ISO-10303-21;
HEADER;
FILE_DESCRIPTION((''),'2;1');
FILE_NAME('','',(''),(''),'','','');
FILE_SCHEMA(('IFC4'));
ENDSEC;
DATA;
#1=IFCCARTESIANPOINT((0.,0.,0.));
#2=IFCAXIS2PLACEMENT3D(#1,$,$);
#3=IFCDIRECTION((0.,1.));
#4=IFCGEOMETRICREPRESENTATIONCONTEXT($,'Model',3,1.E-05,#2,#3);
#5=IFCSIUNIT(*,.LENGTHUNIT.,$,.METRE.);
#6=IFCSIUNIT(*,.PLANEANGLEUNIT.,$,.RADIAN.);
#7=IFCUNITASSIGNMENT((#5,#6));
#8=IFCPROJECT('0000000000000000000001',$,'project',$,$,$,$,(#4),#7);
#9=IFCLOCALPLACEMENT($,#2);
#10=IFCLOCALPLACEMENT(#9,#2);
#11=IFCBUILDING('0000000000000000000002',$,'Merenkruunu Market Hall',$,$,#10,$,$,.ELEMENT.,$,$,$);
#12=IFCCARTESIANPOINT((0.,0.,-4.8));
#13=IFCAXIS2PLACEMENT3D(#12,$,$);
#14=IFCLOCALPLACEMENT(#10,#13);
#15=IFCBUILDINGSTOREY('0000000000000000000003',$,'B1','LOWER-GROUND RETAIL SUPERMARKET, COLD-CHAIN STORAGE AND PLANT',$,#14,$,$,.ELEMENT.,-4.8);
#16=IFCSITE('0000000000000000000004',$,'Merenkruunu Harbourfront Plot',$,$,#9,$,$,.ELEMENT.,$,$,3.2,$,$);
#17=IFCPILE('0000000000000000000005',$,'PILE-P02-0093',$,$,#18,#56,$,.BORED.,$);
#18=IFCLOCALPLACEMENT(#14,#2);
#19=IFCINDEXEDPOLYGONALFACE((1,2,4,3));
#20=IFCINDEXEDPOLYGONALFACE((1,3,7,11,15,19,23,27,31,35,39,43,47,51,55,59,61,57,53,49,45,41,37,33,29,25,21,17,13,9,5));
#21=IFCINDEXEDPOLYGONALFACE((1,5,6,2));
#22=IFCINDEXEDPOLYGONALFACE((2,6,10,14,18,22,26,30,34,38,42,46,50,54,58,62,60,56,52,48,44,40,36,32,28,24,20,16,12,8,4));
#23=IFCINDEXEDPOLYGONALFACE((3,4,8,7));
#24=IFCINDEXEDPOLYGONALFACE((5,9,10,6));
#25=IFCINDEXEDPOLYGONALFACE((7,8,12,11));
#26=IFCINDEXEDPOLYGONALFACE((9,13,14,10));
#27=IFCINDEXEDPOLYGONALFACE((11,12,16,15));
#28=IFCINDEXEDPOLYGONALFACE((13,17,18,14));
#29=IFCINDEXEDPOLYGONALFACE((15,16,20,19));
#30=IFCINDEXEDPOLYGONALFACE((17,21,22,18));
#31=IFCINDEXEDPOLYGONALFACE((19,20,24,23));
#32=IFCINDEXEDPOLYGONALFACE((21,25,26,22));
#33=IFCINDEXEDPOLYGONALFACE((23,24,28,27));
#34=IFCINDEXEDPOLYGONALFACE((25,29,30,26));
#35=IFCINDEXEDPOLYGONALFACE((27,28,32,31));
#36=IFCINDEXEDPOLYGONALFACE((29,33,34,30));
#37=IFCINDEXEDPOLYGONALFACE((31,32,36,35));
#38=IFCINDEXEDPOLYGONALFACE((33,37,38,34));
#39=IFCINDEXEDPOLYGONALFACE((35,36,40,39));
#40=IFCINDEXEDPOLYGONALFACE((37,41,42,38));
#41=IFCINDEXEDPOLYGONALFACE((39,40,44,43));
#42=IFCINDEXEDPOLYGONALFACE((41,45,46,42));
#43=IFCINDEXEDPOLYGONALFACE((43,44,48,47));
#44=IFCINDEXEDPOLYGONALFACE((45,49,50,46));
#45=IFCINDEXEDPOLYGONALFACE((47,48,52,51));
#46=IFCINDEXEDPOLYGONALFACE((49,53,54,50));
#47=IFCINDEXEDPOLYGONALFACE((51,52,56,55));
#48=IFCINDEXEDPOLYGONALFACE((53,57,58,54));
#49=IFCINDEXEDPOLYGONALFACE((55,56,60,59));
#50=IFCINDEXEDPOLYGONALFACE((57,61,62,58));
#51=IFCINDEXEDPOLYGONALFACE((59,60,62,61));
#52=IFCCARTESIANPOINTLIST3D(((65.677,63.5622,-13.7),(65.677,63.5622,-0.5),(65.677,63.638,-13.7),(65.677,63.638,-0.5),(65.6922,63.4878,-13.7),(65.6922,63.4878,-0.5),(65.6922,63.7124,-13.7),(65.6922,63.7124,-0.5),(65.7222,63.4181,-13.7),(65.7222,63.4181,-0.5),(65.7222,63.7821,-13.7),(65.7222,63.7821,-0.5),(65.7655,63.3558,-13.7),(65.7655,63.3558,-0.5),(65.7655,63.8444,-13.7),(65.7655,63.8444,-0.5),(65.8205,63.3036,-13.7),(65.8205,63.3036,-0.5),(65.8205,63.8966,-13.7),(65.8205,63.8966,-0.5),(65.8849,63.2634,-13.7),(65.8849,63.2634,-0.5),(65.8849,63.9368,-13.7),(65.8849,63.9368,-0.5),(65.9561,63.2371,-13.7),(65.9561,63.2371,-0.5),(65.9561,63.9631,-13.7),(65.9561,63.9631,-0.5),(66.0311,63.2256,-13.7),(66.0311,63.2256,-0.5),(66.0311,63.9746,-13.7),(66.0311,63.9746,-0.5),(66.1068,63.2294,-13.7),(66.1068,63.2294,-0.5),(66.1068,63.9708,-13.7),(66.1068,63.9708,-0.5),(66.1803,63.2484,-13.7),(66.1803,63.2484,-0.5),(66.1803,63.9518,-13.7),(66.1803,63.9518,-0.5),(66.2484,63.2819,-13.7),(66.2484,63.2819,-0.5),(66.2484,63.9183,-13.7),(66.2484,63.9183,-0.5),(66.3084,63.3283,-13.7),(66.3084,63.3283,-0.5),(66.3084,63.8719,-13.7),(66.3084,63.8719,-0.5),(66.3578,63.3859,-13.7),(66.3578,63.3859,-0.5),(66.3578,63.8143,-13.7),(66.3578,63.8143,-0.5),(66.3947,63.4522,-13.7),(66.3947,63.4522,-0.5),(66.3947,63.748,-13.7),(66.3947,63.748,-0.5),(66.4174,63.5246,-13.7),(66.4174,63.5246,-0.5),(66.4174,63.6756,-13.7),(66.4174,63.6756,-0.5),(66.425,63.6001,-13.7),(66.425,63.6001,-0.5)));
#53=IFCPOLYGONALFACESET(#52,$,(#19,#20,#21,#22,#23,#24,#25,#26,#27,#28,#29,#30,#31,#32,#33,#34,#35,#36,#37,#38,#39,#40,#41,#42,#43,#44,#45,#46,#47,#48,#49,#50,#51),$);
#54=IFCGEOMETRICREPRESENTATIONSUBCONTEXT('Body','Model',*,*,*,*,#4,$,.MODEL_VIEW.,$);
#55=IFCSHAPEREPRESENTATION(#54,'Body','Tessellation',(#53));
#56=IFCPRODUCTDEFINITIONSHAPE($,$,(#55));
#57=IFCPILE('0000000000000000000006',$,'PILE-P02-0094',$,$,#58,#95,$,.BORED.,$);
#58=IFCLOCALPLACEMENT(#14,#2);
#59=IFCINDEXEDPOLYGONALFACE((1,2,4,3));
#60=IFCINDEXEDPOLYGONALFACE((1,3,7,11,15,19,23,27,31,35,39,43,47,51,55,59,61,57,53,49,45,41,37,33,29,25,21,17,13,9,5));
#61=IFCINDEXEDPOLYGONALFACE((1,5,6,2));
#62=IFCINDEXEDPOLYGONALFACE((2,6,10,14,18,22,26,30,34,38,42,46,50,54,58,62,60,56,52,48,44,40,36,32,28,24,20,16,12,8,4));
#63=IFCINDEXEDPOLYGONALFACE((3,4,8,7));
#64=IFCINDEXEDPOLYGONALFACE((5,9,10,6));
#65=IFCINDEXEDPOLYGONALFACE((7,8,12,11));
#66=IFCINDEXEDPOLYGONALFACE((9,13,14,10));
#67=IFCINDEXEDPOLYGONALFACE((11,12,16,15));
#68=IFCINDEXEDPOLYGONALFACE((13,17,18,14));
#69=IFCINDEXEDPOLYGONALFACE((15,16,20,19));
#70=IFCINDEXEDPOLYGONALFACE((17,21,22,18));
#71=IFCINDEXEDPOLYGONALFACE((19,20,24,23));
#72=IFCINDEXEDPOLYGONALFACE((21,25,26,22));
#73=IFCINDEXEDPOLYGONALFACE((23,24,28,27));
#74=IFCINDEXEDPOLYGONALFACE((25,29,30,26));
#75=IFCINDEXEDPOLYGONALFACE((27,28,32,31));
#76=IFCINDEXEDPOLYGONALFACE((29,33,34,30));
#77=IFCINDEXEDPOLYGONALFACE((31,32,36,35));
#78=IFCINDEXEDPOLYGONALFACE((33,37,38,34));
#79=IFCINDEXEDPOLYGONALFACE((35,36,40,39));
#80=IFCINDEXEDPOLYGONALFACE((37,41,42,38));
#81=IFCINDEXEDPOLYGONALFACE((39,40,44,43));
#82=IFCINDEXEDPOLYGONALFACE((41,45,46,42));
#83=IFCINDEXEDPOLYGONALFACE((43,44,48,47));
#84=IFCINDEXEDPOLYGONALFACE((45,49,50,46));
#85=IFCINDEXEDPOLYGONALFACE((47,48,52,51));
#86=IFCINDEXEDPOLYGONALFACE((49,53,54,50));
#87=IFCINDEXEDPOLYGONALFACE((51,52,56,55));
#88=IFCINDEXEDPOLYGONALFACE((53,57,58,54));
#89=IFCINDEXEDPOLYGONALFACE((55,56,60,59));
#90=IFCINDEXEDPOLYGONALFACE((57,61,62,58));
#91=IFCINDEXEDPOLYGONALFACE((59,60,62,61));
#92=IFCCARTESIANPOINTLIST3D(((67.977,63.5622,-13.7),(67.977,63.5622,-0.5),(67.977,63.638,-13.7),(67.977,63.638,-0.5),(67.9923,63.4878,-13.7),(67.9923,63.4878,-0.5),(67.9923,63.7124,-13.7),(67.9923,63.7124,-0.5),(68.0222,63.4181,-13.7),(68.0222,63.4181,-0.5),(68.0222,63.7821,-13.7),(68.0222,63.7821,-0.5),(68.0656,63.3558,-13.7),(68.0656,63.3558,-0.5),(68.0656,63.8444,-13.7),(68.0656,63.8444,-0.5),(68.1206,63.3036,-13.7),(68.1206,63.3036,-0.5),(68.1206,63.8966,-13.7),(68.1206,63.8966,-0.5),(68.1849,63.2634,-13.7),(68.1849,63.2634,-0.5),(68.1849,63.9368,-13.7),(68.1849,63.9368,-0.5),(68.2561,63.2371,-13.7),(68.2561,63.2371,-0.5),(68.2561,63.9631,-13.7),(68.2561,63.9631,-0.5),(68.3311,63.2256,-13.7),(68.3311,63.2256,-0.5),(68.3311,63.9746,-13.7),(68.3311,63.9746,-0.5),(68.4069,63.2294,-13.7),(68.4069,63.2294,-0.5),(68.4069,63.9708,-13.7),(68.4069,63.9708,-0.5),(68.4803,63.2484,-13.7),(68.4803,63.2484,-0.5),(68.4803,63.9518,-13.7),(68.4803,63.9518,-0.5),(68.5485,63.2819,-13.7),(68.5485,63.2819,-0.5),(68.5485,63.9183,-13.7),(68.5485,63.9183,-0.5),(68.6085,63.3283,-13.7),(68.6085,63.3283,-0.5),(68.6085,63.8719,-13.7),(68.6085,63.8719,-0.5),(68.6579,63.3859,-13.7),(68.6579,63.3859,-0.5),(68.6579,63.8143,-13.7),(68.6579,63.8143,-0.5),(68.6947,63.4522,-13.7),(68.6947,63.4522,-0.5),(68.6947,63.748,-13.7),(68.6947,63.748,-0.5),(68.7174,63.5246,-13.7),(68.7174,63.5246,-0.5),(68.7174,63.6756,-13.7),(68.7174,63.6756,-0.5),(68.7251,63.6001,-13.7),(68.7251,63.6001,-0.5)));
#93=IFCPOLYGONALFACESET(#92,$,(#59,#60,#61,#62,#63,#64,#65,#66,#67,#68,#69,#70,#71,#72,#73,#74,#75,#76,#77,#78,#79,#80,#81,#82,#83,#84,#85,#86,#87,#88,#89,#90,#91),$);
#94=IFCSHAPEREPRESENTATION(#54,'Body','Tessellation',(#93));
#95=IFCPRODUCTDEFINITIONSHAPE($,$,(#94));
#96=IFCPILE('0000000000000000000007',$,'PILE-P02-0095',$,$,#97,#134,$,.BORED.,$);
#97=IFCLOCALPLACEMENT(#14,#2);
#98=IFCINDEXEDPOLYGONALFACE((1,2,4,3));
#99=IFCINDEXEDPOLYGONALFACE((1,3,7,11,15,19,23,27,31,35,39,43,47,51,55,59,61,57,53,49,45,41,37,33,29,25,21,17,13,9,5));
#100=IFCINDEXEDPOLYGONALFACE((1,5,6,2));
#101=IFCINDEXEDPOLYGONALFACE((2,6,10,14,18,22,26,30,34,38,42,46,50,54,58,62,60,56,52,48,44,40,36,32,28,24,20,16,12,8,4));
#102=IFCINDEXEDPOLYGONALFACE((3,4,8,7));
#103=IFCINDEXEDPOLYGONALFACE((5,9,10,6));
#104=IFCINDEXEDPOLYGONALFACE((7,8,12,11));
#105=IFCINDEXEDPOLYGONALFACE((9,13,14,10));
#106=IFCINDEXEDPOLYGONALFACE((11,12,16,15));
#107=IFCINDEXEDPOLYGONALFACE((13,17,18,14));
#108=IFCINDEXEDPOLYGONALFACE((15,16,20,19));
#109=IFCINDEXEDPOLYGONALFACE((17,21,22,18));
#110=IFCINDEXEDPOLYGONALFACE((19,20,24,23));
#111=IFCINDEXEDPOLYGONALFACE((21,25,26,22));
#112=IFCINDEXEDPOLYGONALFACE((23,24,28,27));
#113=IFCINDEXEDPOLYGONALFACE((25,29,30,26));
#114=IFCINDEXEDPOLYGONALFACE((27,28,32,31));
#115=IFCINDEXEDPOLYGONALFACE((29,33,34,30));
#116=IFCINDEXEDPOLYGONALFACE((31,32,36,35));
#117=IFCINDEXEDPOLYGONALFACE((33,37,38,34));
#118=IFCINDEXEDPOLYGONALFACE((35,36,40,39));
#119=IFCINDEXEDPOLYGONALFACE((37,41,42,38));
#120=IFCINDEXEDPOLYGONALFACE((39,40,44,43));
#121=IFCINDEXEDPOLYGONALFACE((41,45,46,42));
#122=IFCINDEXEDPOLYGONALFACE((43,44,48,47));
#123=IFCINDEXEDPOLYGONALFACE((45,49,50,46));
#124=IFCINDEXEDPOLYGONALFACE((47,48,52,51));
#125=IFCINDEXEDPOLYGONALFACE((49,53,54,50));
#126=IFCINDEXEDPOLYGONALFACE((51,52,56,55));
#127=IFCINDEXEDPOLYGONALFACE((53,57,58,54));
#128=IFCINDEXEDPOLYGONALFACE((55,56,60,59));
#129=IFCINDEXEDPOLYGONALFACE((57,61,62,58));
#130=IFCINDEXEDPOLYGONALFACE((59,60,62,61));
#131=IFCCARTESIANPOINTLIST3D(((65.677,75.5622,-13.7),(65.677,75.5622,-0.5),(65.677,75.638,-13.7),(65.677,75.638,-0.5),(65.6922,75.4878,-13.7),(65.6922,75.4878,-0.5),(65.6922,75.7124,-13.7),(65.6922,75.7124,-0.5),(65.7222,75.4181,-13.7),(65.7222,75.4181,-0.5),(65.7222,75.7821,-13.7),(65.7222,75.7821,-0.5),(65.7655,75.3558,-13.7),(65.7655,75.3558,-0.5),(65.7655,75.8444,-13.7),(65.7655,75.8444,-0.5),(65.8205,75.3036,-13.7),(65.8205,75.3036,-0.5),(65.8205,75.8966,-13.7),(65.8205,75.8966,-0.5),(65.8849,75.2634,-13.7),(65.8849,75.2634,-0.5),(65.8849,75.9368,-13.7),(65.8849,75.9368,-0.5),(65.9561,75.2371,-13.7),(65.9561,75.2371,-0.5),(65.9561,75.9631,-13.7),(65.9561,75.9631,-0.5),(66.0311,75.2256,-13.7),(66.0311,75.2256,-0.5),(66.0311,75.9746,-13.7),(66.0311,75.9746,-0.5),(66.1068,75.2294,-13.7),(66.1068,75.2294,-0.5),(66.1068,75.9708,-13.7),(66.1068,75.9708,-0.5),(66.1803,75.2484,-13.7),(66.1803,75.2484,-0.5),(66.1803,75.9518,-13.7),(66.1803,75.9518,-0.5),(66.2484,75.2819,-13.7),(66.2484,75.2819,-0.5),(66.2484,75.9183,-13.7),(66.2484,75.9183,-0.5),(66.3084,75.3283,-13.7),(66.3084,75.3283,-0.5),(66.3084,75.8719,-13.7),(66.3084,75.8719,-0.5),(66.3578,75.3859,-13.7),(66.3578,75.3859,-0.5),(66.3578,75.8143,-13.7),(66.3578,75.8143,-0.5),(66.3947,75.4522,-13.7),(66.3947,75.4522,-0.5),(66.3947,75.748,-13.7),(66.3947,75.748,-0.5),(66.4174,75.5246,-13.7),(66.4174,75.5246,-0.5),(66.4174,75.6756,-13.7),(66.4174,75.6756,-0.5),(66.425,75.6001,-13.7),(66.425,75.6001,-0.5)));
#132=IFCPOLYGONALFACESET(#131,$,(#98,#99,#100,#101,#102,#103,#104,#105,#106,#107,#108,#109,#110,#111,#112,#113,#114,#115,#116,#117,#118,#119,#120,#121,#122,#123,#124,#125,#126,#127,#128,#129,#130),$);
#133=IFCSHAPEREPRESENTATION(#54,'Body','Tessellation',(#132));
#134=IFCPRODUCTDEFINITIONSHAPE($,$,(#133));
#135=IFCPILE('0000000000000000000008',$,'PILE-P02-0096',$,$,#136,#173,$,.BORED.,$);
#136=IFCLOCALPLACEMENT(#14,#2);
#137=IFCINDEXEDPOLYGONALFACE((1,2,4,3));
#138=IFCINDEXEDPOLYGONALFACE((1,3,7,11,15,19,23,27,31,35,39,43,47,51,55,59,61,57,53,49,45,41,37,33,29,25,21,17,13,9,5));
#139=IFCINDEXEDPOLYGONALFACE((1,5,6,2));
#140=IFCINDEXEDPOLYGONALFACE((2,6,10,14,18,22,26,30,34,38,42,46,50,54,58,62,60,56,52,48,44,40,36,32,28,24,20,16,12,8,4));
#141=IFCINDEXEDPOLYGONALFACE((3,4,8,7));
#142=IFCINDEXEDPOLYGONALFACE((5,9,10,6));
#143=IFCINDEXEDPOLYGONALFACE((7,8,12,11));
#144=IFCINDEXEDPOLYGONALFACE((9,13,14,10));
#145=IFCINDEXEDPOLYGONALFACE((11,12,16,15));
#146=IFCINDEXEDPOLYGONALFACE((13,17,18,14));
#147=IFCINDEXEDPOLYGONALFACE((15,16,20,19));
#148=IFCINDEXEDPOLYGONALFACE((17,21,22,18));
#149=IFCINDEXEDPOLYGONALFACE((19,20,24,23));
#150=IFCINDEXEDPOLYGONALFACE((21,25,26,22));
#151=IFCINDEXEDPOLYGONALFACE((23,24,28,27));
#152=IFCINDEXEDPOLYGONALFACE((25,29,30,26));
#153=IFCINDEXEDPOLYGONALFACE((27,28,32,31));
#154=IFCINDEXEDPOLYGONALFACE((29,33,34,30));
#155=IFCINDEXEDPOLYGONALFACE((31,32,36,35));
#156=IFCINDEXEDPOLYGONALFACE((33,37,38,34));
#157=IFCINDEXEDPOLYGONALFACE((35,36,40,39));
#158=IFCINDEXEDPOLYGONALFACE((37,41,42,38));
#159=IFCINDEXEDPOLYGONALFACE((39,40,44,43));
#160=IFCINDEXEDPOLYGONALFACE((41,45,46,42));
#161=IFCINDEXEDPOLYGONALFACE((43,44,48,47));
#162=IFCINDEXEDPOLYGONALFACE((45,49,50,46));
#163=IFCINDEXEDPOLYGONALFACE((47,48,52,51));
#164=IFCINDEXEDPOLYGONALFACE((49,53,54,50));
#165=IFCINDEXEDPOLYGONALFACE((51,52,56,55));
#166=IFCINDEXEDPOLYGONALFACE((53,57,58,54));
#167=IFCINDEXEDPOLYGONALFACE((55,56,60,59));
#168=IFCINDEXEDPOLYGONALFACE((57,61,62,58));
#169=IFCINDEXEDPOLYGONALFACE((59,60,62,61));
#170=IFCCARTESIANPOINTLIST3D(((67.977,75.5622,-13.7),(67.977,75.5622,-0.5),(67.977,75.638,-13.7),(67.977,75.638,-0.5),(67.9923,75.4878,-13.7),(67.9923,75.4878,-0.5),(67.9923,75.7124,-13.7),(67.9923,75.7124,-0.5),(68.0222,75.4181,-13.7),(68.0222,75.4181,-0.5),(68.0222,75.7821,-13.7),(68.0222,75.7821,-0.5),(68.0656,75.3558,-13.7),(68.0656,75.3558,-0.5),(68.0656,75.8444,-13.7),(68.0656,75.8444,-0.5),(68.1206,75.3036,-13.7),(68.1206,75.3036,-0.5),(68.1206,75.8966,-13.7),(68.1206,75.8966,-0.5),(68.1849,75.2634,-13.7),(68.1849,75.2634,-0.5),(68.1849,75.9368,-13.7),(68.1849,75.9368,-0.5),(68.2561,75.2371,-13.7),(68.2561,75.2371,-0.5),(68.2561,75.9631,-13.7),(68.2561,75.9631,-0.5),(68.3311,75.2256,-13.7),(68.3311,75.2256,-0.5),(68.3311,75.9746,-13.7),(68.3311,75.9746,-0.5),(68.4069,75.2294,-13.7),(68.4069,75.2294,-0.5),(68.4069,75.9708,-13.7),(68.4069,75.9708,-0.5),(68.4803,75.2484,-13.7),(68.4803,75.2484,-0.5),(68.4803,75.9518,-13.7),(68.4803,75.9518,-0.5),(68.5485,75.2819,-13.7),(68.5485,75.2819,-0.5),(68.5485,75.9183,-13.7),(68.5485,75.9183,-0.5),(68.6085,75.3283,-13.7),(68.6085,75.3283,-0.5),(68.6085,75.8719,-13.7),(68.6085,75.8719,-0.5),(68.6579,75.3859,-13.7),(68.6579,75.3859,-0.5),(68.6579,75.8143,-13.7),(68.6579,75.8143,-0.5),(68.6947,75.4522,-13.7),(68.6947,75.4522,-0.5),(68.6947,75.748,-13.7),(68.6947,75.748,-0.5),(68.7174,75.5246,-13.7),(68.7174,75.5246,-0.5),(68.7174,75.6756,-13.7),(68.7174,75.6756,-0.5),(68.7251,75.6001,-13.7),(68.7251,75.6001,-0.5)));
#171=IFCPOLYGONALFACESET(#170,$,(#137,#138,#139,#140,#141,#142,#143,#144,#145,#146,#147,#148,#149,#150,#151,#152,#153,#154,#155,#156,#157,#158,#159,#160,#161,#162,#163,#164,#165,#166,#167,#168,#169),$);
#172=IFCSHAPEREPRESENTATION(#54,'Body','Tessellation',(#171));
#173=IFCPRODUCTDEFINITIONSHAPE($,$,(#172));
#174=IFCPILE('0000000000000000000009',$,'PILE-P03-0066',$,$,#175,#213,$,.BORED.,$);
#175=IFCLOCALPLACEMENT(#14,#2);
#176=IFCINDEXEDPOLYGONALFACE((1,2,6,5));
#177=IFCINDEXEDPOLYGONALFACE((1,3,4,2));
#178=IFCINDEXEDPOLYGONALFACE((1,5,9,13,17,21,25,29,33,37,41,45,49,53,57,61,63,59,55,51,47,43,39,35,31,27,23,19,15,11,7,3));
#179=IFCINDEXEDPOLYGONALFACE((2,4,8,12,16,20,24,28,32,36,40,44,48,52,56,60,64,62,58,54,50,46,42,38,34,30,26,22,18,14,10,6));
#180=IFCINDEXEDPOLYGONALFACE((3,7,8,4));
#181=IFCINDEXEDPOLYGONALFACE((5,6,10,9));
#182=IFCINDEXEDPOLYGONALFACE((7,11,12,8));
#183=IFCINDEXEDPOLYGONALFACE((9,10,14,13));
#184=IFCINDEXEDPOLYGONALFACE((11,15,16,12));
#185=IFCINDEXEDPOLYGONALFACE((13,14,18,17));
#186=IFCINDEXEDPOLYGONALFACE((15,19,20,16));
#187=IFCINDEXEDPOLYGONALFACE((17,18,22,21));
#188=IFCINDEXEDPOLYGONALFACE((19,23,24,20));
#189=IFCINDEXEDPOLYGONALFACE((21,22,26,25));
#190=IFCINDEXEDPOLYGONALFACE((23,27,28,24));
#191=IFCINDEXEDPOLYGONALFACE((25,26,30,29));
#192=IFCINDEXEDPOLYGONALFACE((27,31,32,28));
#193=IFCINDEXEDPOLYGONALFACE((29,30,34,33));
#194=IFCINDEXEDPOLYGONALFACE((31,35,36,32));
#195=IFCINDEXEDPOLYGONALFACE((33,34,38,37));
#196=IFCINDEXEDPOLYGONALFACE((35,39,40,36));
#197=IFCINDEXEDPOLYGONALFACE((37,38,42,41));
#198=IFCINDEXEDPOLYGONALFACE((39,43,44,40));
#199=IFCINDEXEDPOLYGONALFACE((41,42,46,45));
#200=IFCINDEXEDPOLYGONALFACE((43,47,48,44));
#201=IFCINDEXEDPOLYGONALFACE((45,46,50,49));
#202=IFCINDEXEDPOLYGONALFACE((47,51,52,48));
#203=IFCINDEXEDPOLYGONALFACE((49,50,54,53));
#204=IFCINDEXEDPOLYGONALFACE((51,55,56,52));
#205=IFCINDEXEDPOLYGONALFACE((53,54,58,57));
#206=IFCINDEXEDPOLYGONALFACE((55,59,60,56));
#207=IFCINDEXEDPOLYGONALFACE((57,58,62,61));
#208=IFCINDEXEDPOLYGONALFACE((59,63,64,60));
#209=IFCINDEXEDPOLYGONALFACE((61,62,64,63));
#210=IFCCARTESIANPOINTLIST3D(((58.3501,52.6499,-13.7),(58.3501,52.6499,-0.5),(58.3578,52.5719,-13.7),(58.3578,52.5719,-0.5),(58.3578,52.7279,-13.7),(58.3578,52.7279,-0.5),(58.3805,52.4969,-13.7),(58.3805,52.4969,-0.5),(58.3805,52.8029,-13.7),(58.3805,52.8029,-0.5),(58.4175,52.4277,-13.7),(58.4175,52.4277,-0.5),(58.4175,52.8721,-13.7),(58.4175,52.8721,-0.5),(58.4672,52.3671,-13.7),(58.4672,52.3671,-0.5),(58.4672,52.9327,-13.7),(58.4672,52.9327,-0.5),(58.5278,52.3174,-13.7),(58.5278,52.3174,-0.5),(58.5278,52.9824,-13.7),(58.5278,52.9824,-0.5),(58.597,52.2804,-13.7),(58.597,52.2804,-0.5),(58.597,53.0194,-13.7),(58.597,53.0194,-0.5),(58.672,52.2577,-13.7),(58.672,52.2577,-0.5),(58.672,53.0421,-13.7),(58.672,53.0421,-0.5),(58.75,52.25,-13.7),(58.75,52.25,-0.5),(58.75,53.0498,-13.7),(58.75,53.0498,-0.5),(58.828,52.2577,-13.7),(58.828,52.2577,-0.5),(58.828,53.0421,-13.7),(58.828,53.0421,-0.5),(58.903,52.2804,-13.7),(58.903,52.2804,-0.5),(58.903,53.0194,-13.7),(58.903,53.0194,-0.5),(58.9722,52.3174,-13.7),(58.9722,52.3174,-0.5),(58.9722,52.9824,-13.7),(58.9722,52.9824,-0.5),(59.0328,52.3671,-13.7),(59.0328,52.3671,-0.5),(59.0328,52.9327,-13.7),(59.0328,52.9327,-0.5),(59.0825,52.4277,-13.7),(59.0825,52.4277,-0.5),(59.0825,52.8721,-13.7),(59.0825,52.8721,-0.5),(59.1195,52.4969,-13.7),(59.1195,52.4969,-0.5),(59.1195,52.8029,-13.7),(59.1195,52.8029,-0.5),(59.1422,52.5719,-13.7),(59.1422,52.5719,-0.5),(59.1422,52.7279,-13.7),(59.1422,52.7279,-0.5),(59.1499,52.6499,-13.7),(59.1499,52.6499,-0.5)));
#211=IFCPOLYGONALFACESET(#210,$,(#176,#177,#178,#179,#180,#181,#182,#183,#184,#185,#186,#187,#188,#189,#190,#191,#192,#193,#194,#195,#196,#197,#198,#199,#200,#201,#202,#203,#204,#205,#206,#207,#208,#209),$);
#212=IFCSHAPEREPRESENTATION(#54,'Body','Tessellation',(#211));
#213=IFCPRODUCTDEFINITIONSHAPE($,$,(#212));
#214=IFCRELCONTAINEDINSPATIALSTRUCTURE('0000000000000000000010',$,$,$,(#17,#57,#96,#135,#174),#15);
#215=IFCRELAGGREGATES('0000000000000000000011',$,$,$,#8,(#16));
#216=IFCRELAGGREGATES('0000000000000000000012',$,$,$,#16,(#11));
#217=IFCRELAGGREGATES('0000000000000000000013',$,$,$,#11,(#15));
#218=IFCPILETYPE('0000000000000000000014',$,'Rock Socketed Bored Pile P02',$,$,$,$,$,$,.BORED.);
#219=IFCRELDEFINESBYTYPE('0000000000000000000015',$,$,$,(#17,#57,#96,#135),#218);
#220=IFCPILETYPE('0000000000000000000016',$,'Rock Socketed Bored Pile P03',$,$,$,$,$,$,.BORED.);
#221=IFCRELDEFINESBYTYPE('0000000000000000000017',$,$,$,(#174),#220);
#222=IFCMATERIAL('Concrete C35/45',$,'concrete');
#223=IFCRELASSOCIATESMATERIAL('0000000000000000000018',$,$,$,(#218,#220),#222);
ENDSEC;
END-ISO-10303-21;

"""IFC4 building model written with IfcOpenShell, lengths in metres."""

from ifc_helpers import new_model, si_unit, direction, frame, origin, origin_2d, place, context, subcontext, project, spatial, circle, extrude, material, material_profile, profile_set, type_object, element, save


model = new_model("IFC4")

# Units and contexts
model_context = context("Model", 3, precision=1e-05, world=origin(), true_north=direction((0.0, 1.0)))
body_context = subcontext(model_context, "Body", "Model", "MODEL_VIEW")
ifc_project = project(units=[si_unit("LENGTHUNIT", "METRE"), si_unit("PLANEANGLEUNIT", "RADIAN")], contexts=[model_context])

# Site, building, storey
site_placement = place(None, origin())
site = spatial("IfcSite", under=ifc_project, at=site_placement, Name="Merenkruunu Harbourfront Plot", CompositionType="ELEMENT", RefElevation=3.2)
building_placement = place(site_placement, origin())
building = spatial("IfcBuilding", under=site, at=building_placement, Name="Merenkruunu Market Hall", CompositionType="ELEMENT")
storey_placement = place(building_placement, frame((0.0, 0.0, -4.8)))
storey = spatial("IfcBuildingStorey", under=building, at=storey_placement, Name="B1", Description="LOWER-GROUND RETAIL SUPERMARKET, COLD-CHAIN STORAGE AND PLANT", CompositionType="ELEMENT", Elevation=-4.8)

# Piles
ifc_material_1 = material(Name="Concrete C35/45", Category="concrete")
ifc_material_profile_1 = material_profile(ifc_material_1, circle(Radius=0.375, at=origin_2d()), Name="BORED PILE 750")
ifc_profile_set_1 = profile_set([ifc_material_profile_1], Name="Concrete C35/45")
pile_type_1 = type_object("IfcPileType", Name="Rock Socketed Bored Pile P02", PredefinedType="BORED", material=ifc_profile_set_1)
for number, where, z_axis, x_axis, name in (
    (1, (66.05, 63.6001, -0.5), (0.0, 0.0, -1.0), (1.0, 0.0, 0.0), "PILE-P02-0093"),
    (2, (68.3501, 63.6001, -0.5), (0.0, 0.0, -1.0), (1.0, 0.0, 0.0), "PILE-P02-0094"),
    (3, (66.05, 75.6001, -0.5), (0.0, 0.0, -1.0), (1.0, 0.0, 0.0), "PILE-P02-0095"),
    (4, (68.3501, 75.6001, -0.5), (0.0, 0.0, -1.0), (1.0, 0.0, 0.0), "PILE-P02-0096"),
):
    element("IfcPile", number, at=place(storey_placement, frame(where, z_axis=z_axis, x_axis=x_axis)), inside=storey, type_object=pile_type_1, Name=name, PredefinedType="BORED", context=body_context, shape_type="SweptSolid", body=[
        extrude(circle(Radius=0.375, at=origin_2d()), origin(), (0.0, 0.0, 1.0), 13.2),
    ])
ifc_material_profile_2 = material_profile(ifc_material_1, circle(Radius=0.3999, at=origin_2d()), Name="BORED PILE 800")
ifc_profile_set_2 = profile_set([ifc_material_profile_2], Name="Concrete C35/45")
pile_type_2 = type_object("IfcPileType", Name="Rock Socketed Bored Pile P03", PredefinedType="BORED", material=ifc_profile_set_2)
for number, where, z_axis, x_axis, name in (
    (5, (58.75, 52.6499, -0.5), (0.0, 0.0, -1.0), (1.0, 0.0, 0.0), "PILE-P03-0066"),
):
    element("IfcPile", number, at=place(storey_placement, frame(where, z_axis=z_axis, x_axis=x_axis)), inside=storey, type_object=pile_type_2, Name=name, PredefinedType="BORED", context=body_context, shape_type="SweptSolid", body=[
        extrude(circle(Radius=0.3999, at=origin_2d()), origin(), (0.0, 0.0, 1.0), 13.2),
    ])

save(model, "model.ifc")
